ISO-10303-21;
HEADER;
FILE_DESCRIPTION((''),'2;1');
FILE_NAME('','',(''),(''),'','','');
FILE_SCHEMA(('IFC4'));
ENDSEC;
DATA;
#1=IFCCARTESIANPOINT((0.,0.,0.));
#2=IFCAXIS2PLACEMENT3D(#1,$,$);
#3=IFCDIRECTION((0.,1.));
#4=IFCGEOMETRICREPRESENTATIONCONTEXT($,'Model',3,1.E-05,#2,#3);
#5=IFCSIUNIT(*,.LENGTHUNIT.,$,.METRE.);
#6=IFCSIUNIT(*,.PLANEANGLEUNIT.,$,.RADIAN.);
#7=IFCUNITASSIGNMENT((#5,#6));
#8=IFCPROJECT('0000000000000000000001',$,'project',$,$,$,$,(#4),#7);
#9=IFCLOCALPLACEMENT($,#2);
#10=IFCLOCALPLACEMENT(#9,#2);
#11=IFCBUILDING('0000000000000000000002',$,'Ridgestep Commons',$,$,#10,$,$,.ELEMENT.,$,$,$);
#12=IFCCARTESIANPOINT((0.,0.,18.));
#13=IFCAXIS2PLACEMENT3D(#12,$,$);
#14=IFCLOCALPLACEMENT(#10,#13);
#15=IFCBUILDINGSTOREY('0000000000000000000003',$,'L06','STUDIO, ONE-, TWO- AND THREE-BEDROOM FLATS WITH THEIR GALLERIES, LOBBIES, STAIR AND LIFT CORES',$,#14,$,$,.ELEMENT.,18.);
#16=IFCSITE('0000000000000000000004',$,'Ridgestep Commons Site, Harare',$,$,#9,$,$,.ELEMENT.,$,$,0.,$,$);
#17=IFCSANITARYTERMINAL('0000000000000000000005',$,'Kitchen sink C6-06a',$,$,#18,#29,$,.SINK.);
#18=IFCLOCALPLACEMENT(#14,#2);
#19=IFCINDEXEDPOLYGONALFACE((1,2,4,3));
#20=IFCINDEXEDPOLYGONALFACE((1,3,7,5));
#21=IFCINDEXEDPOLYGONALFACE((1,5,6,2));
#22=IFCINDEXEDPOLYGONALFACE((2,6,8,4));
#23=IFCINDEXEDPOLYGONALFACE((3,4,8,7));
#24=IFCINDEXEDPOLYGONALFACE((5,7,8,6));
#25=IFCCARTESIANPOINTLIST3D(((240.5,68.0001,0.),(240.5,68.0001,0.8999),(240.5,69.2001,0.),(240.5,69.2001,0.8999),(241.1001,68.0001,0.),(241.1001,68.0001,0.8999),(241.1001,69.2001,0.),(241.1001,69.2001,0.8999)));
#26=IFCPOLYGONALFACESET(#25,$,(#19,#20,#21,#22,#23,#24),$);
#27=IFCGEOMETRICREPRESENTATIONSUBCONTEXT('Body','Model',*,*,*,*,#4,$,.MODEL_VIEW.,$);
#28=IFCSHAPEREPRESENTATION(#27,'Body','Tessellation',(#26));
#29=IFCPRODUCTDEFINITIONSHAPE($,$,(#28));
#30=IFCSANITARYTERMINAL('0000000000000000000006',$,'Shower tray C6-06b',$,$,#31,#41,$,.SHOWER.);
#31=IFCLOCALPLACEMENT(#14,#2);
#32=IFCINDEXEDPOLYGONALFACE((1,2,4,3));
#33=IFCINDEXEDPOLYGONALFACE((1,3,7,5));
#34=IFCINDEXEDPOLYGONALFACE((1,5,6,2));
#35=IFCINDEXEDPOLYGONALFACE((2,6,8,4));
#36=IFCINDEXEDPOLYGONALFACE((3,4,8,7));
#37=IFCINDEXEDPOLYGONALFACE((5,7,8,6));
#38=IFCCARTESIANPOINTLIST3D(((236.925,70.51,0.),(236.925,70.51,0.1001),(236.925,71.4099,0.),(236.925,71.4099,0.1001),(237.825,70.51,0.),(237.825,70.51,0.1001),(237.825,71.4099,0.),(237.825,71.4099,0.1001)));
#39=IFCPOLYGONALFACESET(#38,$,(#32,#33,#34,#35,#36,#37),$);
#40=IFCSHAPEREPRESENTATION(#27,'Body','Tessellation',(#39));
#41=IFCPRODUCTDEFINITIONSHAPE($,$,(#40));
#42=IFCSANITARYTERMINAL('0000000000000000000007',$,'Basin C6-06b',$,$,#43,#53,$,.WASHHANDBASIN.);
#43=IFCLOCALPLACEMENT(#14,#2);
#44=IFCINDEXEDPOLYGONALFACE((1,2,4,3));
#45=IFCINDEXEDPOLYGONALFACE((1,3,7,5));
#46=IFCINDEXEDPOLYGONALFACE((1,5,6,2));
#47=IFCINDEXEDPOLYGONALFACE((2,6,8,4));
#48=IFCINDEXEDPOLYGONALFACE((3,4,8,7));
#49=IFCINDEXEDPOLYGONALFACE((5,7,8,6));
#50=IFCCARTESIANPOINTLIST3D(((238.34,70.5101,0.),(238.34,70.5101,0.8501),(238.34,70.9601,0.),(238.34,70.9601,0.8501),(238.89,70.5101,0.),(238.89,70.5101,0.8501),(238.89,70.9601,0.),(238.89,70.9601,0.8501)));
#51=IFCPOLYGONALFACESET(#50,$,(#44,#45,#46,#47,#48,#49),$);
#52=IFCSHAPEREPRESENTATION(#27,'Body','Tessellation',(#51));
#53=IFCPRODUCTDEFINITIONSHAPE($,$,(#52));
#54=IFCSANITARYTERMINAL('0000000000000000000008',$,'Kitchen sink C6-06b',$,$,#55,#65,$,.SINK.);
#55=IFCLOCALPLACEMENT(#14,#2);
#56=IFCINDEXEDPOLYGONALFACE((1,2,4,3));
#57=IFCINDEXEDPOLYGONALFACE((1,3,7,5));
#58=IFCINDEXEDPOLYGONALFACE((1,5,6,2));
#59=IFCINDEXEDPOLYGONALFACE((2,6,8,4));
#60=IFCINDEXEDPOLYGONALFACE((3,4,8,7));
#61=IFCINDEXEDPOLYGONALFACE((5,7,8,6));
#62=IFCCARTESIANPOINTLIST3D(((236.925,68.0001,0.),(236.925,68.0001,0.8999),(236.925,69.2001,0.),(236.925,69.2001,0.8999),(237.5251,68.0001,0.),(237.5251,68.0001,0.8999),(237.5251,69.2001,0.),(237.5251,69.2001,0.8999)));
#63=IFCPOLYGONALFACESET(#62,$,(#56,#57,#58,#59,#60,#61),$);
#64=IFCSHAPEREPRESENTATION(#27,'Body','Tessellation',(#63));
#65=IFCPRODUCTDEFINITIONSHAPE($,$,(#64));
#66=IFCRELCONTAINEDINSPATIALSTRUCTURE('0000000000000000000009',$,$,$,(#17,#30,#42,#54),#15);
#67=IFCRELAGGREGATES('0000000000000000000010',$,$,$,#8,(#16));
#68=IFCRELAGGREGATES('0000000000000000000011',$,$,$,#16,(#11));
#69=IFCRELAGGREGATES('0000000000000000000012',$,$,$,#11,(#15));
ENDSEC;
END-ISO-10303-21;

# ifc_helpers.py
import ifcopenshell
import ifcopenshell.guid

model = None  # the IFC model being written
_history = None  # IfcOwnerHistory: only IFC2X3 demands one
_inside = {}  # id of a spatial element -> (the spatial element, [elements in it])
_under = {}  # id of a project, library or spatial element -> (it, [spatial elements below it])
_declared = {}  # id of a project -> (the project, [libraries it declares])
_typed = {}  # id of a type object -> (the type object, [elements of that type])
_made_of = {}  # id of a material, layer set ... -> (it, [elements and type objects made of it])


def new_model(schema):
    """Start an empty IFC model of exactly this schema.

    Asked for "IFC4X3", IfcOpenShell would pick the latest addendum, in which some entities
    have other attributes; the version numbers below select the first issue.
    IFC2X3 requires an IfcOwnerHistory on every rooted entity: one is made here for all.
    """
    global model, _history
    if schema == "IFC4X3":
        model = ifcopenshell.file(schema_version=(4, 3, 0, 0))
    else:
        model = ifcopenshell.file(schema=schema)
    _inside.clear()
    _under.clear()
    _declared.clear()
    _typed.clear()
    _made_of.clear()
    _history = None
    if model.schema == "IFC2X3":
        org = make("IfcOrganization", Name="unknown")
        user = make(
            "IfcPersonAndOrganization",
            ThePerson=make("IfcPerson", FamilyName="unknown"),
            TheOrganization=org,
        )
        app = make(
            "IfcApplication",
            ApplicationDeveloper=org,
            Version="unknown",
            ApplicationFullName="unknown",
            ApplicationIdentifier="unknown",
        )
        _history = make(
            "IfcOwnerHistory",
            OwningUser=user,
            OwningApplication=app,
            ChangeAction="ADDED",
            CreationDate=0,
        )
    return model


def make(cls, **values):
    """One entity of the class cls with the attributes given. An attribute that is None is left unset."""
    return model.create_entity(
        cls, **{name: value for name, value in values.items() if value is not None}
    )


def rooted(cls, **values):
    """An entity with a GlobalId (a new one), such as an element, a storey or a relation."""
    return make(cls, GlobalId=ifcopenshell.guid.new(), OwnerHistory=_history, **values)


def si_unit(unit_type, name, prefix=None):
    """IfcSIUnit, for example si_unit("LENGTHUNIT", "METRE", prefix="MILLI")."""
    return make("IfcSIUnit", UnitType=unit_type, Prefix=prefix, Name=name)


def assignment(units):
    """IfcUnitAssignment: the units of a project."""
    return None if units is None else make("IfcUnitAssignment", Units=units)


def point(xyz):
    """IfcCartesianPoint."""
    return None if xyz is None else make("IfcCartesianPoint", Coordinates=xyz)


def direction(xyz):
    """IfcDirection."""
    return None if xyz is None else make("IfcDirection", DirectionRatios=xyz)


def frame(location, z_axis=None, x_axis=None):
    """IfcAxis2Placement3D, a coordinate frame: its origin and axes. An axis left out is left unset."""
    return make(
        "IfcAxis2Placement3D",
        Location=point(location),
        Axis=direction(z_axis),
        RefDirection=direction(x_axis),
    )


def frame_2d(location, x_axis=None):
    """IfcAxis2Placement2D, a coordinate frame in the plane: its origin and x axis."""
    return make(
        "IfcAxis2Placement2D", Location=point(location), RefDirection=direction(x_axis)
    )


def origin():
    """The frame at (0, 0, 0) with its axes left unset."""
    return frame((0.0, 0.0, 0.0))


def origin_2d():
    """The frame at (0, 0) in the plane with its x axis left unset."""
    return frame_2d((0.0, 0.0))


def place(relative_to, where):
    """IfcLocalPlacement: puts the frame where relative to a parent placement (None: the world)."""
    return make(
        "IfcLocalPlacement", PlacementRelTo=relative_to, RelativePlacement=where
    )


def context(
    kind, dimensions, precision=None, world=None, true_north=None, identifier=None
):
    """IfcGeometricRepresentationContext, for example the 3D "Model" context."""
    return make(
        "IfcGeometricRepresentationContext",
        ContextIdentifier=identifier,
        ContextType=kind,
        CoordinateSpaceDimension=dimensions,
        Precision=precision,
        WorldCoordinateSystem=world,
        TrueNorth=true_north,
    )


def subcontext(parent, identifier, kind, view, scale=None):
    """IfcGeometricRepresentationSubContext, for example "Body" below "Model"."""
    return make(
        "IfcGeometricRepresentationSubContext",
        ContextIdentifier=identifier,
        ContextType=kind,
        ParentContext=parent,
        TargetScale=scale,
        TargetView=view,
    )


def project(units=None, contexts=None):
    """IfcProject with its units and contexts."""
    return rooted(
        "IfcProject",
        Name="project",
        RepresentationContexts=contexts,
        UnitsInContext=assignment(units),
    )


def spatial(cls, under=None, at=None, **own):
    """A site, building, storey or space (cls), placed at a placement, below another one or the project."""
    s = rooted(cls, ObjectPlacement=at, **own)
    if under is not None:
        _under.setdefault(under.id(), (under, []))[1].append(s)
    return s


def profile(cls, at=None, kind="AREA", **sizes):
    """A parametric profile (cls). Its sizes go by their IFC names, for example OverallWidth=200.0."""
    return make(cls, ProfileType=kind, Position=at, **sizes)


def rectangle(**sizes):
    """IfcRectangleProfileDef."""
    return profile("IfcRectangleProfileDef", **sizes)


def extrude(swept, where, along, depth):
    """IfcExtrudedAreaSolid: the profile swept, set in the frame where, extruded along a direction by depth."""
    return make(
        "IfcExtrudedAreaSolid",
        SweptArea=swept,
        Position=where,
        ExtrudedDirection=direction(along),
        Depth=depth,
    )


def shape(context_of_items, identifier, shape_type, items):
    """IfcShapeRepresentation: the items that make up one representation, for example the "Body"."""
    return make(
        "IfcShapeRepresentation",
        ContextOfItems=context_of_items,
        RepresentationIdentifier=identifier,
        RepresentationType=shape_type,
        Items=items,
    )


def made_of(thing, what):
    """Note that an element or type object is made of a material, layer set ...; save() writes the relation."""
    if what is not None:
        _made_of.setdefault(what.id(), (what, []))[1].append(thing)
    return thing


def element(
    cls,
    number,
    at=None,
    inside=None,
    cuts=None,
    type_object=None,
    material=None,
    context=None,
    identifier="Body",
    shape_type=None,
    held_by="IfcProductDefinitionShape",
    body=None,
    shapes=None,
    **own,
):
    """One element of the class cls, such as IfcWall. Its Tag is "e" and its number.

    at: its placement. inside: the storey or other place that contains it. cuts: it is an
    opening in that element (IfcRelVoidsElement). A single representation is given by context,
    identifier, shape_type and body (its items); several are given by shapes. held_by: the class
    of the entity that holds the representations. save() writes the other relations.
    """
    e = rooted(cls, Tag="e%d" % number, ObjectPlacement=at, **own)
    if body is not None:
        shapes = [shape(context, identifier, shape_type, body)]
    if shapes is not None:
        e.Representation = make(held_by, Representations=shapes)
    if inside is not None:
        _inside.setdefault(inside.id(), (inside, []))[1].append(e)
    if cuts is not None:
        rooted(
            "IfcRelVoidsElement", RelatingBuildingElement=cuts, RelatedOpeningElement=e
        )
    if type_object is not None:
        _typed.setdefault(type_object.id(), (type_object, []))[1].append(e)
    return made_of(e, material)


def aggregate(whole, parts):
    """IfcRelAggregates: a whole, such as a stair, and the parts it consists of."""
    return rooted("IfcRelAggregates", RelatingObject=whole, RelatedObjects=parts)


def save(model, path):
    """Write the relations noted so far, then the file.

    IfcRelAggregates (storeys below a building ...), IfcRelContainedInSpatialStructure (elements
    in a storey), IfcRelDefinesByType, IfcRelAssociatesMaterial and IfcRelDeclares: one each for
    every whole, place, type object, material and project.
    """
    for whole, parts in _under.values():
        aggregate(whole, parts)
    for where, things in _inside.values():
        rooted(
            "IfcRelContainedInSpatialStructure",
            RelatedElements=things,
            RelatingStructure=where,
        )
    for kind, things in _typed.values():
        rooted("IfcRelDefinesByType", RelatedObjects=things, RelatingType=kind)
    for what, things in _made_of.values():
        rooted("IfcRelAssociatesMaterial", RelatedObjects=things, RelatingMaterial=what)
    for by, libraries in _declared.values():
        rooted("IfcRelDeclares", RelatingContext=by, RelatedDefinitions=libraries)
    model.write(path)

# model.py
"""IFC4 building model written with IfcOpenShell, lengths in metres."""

from ifc_helpers import new_model, si_unit, direction, frame, origin, origin_2d, place, context, subcontext, project, spatial, rectangle, extrude, element, save


model = new_model("IFC4")

# Units and contexts
model_context = context("Model", 3, precision=1e-05, world=origin(), true_north=direction((0.0, 1.0)))
body_context = subcontext(model_context, "Body", "Model", "MODEL_VIEW")
ifc_project = project(units=[si_unit("LENGTHUNIT", "METRE"), si_unit("PLANEANGLEUNIT", "RADIAN")], contexts=[model_context])

# Site, building, storey
site_placement = place(None, origin())
site = spatial("IfcSite", under=ifc_project, at=site_placement, Name="Ridgestep Commons Site, Harare", CompositionType="ELEMENT", RefElevation=0.0)
building_placement = place(site_placement, origin())
building = spatial("IfcBuilding", under=site, at=building_placement, Name="Ridgestep Commons", CompositionType="ELEMENT")
storey_placement = place(building_placement, frame((0.0, 0.0, 18.0)))
storey = spatial("IfcBuildingStorey", under=building, at=storey_placement, Name="L06", Description="STUDIO, ONE-, TWO- AND THREE-BEDROOM FLATS WITH THEIR GALLERIES, LOBBIES, STAIR AND LIFT CORES", CompositionType="ELEMENT", Elevation=18.0)

# Sanitary terminals
sanitary_terminal_1_placement = place(storey_placement, frame((240.8, 68.6001, 0.0), z_axis=(0.0, 0.0, 1.0), x_axis=(1.0, 0.0, 0.0)))
element("IfcSanitaryTerminal", 1, at=sanitary_terminal_1_placement, inside=storey, Name="Kitchen sink C6-06a", PredefinedType="SINK", context=body_context, shape_type="SweptSolid", body=[
    extrude(rectangle(XDim=0.6001, YDim=1.2, at=origin_2d()), origin(), (0.0, 0.0, 1.0), 0.8999),
])
sanitary_terminal_2_placement = place(storey_placement, frame((237.375, 70.96, 0.0), z_axis=(0.0, 0.0, 1.0), x_axis=(1.0, 0.0, 0.0)))
element("IfcSanitaryTerminal", 2, at=sanitary_terminal_2_placement, inside=storey, Name="Shower tray C6-06b", PredefinedType="SHOWER", context=body_context, shape_type="SweptSolid", body=[
    extrude(rectangle(XDim=0.8999, YDim=0.8999, at=origin_2d()), origin(), (0.0, 0.0, 1.0), 0.1001),
])
sanitary_terminal_3_placement = place(storey_placement, frame((238.615, 70.7351, 0.0), z_axis=(0.0, 0.0, 1.0), x_axis=(1.0, 0.0, 0.0)))
element("IfcSanitaryTerminal", 3, at=sanitary_terminal_3_placement, inside=storey, Name="Basin C6-06b", PredefinedType="WASHHANDBASIN", context=body_context, shape_type="SweptSolid", body=[
    extrude(rectangle(XDim=0.55, YDim=0.45, at=origin_2d()), origin(), (0.0, 0.0, 1.0), 0.8501),
])
sanitary_terminal_4_placement = place(storey_placement, frame((237.2251, 68.6001, 0.0), z_axis=(0.0, 0.0, 1.0), x_axis=(1.0, 0.0, 0.0)))
element("IfcSanitaryTerminal", 4, at=sanitary_terminal_4_placement, inside=storey, Name="Kitchen sink C6-06b", PredefinedType="SINK", context=body_context, shape_type="SweptSolid", body=[
    extrude(rectangle(XDim=0.6001, YDim=1.2, at=origin_2d()), origin(), (0.0, 0.0, 1.0), 0.8999),
])

save(model, "model.ifc")
